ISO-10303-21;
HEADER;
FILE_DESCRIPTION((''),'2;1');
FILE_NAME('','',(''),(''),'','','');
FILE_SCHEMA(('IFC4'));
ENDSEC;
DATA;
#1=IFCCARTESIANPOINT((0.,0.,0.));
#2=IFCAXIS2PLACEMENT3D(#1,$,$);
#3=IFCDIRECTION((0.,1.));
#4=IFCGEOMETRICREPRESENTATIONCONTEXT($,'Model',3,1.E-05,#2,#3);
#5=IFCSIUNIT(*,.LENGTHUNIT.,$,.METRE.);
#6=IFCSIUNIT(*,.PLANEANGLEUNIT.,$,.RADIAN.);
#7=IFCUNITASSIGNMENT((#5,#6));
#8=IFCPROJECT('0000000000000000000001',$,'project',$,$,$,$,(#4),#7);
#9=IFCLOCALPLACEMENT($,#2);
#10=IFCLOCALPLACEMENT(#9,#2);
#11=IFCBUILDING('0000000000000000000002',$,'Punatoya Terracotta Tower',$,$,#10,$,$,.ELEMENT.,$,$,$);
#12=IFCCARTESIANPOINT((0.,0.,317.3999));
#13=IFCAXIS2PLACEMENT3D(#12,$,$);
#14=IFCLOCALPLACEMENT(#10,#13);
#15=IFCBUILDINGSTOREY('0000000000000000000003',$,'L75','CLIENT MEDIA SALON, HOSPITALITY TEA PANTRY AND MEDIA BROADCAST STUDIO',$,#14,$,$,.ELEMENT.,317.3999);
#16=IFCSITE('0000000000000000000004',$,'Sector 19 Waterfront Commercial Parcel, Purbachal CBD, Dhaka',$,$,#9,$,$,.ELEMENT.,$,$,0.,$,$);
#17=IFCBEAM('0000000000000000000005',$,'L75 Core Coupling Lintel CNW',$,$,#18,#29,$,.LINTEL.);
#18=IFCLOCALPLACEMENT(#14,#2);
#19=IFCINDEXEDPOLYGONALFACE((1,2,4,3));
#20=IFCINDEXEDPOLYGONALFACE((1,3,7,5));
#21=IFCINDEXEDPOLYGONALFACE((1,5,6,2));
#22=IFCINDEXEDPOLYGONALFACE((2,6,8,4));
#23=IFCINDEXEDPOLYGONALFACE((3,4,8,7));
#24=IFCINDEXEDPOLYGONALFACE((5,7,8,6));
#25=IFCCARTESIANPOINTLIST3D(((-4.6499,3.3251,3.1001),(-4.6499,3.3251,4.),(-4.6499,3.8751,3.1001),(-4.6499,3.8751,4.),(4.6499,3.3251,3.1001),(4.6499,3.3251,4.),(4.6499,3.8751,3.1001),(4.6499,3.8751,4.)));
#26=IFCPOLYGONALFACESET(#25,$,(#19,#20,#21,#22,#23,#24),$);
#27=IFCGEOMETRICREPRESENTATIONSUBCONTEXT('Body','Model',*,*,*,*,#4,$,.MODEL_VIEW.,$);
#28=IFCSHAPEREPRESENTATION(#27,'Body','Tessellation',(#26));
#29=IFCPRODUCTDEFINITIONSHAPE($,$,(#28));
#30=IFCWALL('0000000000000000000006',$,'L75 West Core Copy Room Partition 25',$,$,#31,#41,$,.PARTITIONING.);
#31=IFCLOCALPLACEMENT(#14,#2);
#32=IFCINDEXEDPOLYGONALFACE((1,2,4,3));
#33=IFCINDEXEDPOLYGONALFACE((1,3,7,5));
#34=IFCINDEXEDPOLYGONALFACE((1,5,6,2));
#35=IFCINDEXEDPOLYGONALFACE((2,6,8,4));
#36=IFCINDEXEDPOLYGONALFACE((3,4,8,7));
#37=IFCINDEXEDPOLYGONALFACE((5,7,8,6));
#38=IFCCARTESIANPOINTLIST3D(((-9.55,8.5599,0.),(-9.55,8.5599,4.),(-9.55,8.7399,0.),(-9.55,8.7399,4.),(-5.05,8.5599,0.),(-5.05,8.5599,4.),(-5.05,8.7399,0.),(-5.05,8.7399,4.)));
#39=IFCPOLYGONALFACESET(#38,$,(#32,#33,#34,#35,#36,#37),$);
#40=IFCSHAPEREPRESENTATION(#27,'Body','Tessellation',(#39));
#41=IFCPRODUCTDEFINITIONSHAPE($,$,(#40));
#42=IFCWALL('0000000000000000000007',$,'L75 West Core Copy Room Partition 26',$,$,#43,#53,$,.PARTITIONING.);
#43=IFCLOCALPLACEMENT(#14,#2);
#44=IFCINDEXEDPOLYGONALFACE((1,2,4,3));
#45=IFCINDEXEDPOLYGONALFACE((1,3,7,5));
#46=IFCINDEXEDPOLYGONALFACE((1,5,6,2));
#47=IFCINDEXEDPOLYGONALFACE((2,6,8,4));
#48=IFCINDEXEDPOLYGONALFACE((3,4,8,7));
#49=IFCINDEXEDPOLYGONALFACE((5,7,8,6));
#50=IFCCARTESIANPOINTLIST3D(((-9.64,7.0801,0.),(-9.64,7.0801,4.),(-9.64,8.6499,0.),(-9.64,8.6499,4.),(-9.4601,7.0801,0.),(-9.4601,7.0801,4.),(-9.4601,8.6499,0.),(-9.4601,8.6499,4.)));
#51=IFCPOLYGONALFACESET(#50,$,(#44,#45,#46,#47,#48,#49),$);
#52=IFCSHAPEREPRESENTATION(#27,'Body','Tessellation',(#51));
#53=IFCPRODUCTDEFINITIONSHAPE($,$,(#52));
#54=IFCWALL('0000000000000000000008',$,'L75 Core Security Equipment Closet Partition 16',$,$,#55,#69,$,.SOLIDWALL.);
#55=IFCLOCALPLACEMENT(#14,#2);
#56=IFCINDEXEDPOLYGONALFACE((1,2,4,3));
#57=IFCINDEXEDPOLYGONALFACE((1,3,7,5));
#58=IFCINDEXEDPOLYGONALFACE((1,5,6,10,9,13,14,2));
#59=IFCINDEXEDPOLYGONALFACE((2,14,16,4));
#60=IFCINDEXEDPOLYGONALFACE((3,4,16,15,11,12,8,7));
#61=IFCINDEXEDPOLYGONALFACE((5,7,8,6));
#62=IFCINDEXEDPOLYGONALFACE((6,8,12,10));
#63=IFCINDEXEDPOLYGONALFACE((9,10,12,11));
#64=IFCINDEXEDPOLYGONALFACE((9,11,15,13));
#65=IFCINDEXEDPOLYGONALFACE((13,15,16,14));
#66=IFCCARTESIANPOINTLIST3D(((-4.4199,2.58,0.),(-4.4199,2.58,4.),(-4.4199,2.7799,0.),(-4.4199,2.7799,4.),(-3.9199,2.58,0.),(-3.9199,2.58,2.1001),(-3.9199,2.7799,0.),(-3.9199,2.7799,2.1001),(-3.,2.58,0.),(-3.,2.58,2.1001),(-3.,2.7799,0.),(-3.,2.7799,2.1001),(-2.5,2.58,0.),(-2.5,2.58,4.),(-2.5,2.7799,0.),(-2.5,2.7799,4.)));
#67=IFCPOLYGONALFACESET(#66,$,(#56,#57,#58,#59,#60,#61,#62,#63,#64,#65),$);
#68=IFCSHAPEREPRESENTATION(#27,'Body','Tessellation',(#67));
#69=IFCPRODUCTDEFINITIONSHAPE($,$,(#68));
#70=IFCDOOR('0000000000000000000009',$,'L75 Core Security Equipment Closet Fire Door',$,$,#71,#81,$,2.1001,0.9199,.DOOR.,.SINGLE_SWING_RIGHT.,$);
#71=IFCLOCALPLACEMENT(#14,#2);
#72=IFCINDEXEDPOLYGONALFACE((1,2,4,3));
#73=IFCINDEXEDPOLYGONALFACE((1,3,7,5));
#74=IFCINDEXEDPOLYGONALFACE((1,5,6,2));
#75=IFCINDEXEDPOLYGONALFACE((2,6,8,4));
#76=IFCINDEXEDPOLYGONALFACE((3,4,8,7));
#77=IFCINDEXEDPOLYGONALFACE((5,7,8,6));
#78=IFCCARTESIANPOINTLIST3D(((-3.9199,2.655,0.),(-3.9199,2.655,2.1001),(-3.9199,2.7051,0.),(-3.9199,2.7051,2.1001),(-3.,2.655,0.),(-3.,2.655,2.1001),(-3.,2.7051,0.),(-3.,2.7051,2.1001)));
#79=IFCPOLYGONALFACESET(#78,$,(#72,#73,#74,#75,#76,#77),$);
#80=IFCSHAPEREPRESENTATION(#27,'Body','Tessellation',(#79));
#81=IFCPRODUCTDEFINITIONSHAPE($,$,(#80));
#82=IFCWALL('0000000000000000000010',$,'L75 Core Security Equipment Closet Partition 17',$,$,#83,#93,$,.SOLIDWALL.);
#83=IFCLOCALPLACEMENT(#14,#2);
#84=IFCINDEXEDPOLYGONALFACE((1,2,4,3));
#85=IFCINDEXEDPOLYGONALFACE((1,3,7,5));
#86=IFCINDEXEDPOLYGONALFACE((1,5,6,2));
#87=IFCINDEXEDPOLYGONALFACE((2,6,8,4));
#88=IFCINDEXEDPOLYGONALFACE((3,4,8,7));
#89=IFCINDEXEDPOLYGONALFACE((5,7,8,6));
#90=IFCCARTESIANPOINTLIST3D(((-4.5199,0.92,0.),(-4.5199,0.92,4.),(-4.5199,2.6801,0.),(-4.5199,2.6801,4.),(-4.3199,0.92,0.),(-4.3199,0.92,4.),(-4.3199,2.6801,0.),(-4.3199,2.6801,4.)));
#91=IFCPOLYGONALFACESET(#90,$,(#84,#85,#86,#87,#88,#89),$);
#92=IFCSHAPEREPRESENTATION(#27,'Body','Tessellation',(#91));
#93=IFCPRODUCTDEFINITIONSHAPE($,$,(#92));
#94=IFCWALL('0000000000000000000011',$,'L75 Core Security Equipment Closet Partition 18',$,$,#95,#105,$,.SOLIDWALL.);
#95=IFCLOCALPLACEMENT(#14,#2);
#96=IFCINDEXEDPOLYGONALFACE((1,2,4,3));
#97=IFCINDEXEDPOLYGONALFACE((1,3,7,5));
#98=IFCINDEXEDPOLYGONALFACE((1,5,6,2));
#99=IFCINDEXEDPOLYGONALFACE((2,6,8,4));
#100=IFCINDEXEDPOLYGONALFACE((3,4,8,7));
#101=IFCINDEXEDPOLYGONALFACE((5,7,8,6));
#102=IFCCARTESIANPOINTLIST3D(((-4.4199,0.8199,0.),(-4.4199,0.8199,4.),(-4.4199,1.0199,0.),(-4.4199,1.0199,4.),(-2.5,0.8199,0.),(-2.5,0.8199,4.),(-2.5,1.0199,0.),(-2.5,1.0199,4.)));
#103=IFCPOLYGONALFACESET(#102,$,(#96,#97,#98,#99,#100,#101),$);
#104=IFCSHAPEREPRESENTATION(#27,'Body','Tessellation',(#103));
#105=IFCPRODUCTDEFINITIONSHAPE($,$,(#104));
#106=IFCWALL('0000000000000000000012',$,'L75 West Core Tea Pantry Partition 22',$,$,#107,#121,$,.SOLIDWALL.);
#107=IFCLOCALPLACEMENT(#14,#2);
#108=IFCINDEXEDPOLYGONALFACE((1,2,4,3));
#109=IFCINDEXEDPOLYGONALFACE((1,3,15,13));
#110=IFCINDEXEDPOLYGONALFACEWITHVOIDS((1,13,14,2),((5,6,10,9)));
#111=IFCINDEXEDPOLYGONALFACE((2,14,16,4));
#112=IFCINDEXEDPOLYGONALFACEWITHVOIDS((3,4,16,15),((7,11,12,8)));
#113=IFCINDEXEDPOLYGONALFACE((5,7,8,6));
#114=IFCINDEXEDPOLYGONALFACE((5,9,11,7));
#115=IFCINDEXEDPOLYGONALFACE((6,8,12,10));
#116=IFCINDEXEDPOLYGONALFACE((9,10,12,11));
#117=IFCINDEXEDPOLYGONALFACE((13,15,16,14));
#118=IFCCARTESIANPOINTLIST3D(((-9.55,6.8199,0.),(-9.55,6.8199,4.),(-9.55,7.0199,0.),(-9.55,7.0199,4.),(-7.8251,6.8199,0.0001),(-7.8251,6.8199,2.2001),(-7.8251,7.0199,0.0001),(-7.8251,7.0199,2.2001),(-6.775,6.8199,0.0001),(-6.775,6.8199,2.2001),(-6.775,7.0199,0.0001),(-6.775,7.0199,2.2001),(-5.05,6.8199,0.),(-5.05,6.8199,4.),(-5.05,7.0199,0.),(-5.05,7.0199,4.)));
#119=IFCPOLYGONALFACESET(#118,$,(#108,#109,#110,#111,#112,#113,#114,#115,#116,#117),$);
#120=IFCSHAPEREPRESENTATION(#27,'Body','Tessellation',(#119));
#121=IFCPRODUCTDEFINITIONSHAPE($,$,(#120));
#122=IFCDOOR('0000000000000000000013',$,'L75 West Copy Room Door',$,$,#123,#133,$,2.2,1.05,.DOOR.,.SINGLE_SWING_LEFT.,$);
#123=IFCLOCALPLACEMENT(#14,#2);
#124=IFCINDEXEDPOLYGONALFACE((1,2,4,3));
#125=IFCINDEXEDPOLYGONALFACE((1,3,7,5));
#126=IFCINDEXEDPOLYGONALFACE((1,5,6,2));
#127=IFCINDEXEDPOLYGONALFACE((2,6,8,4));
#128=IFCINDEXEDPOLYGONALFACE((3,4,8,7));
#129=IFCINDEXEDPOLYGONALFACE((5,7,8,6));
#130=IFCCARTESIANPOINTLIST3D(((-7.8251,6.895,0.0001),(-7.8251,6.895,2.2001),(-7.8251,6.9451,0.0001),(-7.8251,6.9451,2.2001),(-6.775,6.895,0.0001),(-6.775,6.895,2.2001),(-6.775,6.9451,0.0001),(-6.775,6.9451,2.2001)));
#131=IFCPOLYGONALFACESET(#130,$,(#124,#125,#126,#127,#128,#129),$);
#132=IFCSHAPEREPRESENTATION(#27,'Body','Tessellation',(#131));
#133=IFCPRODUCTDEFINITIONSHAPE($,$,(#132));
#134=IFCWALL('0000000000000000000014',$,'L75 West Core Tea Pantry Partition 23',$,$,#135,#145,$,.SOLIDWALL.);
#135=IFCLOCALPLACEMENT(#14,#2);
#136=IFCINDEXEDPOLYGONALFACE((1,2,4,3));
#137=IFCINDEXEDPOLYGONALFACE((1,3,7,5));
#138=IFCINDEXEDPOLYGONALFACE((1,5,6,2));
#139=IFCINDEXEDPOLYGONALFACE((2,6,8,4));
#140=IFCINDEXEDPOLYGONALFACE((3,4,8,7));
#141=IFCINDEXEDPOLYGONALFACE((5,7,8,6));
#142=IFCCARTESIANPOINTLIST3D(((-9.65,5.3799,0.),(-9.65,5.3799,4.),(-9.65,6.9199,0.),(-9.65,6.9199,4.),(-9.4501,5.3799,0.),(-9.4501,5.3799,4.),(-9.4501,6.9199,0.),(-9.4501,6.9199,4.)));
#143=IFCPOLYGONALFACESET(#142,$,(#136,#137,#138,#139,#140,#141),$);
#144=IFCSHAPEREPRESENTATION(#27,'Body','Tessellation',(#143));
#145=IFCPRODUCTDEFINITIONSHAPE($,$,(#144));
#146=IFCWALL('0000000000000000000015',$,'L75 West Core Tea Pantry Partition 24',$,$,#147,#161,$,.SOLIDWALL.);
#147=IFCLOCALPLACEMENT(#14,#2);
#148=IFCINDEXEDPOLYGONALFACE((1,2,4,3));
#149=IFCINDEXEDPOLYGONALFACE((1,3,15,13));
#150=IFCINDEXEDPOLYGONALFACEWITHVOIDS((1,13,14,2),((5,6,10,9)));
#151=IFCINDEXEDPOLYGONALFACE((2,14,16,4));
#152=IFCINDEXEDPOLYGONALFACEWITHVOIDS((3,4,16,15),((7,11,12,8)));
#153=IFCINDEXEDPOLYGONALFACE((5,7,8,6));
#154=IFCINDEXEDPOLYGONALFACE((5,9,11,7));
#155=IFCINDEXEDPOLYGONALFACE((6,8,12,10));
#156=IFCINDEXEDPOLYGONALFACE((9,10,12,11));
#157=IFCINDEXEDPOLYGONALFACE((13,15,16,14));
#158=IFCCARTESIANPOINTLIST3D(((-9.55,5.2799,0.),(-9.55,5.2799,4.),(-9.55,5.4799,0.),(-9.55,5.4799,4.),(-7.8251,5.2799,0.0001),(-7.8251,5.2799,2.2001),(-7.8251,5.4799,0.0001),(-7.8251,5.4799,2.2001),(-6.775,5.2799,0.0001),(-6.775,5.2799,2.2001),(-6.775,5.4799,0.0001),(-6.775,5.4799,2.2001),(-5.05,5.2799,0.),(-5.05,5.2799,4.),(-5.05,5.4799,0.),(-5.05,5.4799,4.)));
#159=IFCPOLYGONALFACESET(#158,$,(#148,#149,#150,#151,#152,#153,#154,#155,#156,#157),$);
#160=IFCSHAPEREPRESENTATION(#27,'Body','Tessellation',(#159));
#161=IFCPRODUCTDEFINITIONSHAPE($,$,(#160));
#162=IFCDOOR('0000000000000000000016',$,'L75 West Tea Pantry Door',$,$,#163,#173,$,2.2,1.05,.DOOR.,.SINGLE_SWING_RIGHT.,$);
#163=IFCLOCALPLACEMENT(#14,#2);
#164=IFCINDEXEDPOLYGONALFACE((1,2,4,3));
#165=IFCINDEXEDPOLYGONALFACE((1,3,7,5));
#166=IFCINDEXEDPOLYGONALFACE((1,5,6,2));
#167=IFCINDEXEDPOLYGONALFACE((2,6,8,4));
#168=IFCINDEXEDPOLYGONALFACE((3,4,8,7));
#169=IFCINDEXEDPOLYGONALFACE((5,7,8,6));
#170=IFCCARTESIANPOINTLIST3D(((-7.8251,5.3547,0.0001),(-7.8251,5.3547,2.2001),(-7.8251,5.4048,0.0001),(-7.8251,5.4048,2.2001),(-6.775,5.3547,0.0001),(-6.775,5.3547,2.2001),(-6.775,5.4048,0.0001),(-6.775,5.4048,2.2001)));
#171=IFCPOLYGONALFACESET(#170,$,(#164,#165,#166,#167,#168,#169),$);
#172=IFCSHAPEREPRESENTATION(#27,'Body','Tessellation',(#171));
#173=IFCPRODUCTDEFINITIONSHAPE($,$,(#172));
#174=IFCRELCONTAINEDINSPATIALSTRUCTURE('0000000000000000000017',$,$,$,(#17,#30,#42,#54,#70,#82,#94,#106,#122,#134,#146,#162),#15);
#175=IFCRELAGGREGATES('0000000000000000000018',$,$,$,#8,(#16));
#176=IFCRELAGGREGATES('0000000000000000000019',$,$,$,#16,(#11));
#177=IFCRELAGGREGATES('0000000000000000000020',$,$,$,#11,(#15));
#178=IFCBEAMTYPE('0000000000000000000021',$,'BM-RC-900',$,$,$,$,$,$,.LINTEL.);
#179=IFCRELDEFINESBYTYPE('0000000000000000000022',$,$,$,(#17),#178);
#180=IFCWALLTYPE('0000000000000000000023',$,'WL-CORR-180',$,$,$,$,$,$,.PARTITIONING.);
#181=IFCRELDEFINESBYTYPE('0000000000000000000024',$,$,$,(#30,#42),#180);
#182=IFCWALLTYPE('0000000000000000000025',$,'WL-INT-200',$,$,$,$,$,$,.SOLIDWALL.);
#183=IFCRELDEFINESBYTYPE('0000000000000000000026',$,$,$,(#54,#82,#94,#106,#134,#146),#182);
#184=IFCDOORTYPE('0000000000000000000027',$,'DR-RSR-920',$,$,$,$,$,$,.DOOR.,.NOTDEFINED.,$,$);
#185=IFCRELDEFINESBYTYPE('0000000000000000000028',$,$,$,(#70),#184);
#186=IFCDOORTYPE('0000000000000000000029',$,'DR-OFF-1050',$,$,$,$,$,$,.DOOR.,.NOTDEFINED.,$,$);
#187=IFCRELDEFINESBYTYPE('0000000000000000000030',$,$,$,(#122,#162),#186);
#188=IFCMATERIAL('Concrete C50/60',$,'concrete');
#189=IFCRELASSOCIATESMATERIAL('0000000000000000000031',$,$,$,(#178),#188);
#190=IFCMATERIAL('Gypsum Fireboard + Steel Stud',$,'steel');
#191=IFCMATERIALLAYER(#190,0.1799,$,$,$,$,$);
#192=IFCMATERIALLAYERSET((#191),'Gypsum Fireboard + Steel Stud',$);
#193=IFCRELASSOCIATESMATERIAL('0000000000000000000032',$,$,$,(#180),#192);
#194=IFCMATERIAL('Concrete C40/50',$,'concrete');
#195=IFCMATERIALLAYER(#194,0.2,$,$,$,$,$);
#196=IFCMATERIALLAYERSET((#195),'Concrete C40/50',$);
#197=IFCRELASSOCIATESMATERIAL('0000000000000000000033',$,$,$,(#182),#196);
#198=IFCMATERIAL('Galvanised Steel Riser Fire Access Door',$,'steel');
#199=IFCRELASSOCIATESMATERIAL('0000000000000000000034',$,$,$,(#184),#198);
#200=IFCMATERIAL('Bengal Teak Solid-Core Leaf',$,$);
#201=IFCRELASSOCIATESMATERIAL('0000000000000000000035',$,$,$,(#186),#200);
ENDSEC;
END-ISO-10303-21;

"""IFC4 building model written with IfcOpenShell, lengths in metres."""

from ifc_helpers import new_model, si_unit, direction, frame, frame_2d, origin, origin_2d, place, context, subcontext, project, spatial, rectangle, extrude, material, layer, layer_set, material_profile, profile_set, type_object, element, fill, save


model = new_model("IFC4")

# Units and contexts
model_context = context("Model", 3, precision=1e-05, world=origin(), true_north=direction((0.0, 1.0)))
body_context = subcontext(model_context, "Body", "Model", "MODEL_VIEW")
ifc_project = project(units=[si_unit("LENGTHUNIT", "METRE"), si_unit("PLANEANGLEUNIT", "RADIAN")], contexts=[model_context])

# Site, building, storey
site_placement = place(None, origin())
site = spatial("IfcSite", under=ifc_project, at=site_placement, Name="Sector 19 Waterfront Commercial Parcel, Purbachal CBD, Dhaka", CompositionType="ELEMENT", RefElevation=0.0)
building_placement = place(site_placement, origin())
building = spatial("IfcBuilding", under=site, at=building_placement, Name="Punatoya Terracotta Tower", CompositionType="ELEMENT")
storey_placement = place(building_placement, frame((0.0, 0.0, 317.3999)))
storey = spatial("IfcBuildingStorey", under=building, at=storey_placement, Name="L75", Description="CLIENT MEDIA SALON, HOSPITALITY TEA PANTRY AND MEDIA BROADCAST STUDIO", CompositionType="ELEMENT", Elevation=317.3999)

# Beam
ifc_material_1 = material(Name="Concrete C50/60", Category="concrete")
ifc_material_profile = material_profile(ifc_material_1, rectangle(XDim=0.55, YDim=0.8999, at=origin_2d()))
ifc_profile_set = profile_set([ifc_material_profile], Name="Concrete C50/60")
beam_type = type_object("IfcBeamType", Name="BM-RC-900", PredefinedType="LINTEL", material=ifc_profile_set)
beam_placement = place(storey_placement, frame((-4.6499, 3.6001, 3.55), z_axis=(1.0, 0.0, 0.0), x_axis=(0.0, 1.0, 0.0)))
element("IfcBeam", 1, at=beam_placement, inside=storey, type_object=beam_type, Name="L75 Core Coupling Lintel CNW", PredefinedType="LINTEL", context=body_context, shape_type="SweptSolid", body=[
    extrude(rectangle(XDim=0.55, YDim=0.8999, at=origin_2d()), origin(), (0.0, 0.0, 1.0), 9.2998),
])

# Walls
ifc_material_2 = material(Name="Gypsum Fireboard + Steel Stud", Category="steel")
ifc_layer_1 = layer(ifc_material_2, 0.1799)
ifc_layer_set_1 = layer_set([ifc_layer_1], Name="Gypsum Fireboard + Steel Stud")
wall_type_1 = type_object("IfcWallType", Name="WL-CORR-180", PredefinedType="PARTITIONING", material=ifc_layer_set_1)
wall_1_placement = place(storey_placement, frame((-5.05, 8.6499, 0.0), z_axis=(0.0, 0.0, 1.0), x_axis=(-1.0, 0.0, 0.0)))
element("IfcWall", 2, at=wall_1_placement, inside=storey, type_object=wall_type_1, Name="L75 West Core Copy Room Partition 25", PredefinedType="PARTITIONING", context=body_context, shape_type="SweptSolid", body=[
    extrude(rectangle(XDim=4.5, YDim=0.1799, at=frame_2d((2.25, 0.0))), origin(), (0.0, 0.0, 1.0), 4.0),
])
wall_2_placement = place(storey_placement, frame((-9.55, 8.6499, 0.0), z_axis=(0.0, 0.0, 1.0), x_axis=(0.0, -1.0, 0.0)))
element("IfcWall", 3, at=wall_2_placement, inside=storey, type_object=wall_type_1, Name="L75 West Core Copy Room Partition 26", PredefinedType="PARTITIONING", context=body_context, shape_type="SweptSolid", body=[
    extrude(rectangle(XDim=1.5698, YDim=0.1799, at=frame_2d((0.7849, 0.0))), origin(), (0.0, 0.0, 1.0), 4.0),
])

# Wall, opening, door
ifc_material_3 = material(Name="Concrete C40/50", Category="concrete")
ifc_layer_2 = layer(ifc_material_3, 0.2)
ifc_layer_set_2 = layer_set([ifc_layer_2], Name="Concrete C40/50")
wall_type_2 = type_object("IfcWallType", Name="WL-INT-200", PredefinedType="SOLIDWALL", material=ifc_layer_set_2)
wall_3_placement = place(storey_placement, frame((-2.5, 2.6799, 0.0), z_axis=(0.0, 0.0, 1.0), x_axis=(-1.0, 0.0, 0.0)))
wall_3 = element("IfcWall", 4, at=wall_3_placement, inside=storey, type_object=wall_type_2, Name="L75 Core Security Equipment Closet Partition 16", PredefinedType="SOLIDWALL", context=body_context, shape_type="SweptSolid", body=[
    extrude(rectangle(XDim=1.9199, YDim=0.2, at=frame_2d((0.96, 0.0))), origin(), (0.0, 0.0, 1.0), 4.0),
])
opening_1_placement = place(wall_3_placement, frame((0.5, 0.0, 0.0)))
opening_1 = element("IfcOpeningElement", 5, at=opening_1_placement, cuts=wall_3, PredefinedType="OPENING", context=body_context, shape_type="SweptSolid", body=[
    extrude(rectangle(XDim=0.9199, YDim=2.1001, at=frame_2d((0.46, 1.05))), frame((0.0, 0.1099, 0.0), z_axis=(0.0, -1.0, 0.0), x_axis=(1.0, 0.0, 0.0)), (0.0, 0.0, 1.0), 0.22),
])
ifc_material_4 = material(Name="Galvanised Steel Riser Fire Access Door", Category="steel")
door_type_1 = type_object("IfcDoorType", Name="DR-RSR-920", OperationType="NOTDEFINED", PredefinedType="DOOR", material=ifc_material_4)
door_1_placement = place(opening_1_placement, origin())
door_1 = element("IfcDoor", 6, at=door_1_placement, inside=storey, type_object=door_type_1, Name="L75 Core Security Equipment Closet Fire Door", OperationType="SINGLE_SWING_RIGHT", OverallHeight=2.1001, OverallWidth=0.9199, PredefinedType="DOOR", context=body_context, shape_type="SweptSolid", body=[
    extrude(rectangle(XDim=0.9199, YDim=2.1001, at=frame_2d((0.46, 1.05))), frame((0.0, 0.0249, 0.0), z_axis=(0.0, -1.0, 0.0), x_axis=(1.0, 0.0, 0.0)), (0.0, 0.0, 1.0), 0.05),
])
fill(opening_1, door_1)

# Walls
wall_4_placement = place(storey_placement, frame((-4.4199, 2.6799, 0.0), z_axis=(0.0, 0.0, 1.0), x_axis=(0.0, -1.0, 0.0)))
element("IfcWall", 7, at=wall_4_placement, inside=storey, type_object=wall_type_2, Name="L75 Core Security Equipment Closet Partition 17", PredefinedType="SOLIDWALL", context=body_context, shape_type="SweptSolid", body=[
    extrude(rectangle(XDim=1.76, YDim=0.2, at=frame_2d((0.8799, 0.0))), origin(), (0.0, 0.0, 1.0), 4.0),
])
wall_5_placement = place(storey_placement, frame((-4.4199, 0.9199, 0.0), z_axis=(0.0, 0.0, 1.0), x_axis=(1.0, 0.0, 0.0)))
element("IfcWall", 8, at=wall_5_placement, inside=storey, type_object=wall_type_2, Name="L75 Core Security Equipment Closet Partition 18", PredefinedType="SOLIDWALL", context=body_context, shape_type="SweptSolid", body=[
    extrude(rectangle(XDim=1.9199, YDim=0.2, at=frame_2d((0.96, 0.0))), origin(), (0.0, 0.0, 1.0), 4.0),
])

# Wall, opening, door
wall_6_placement = place(storey_placement, frame((-5.05, 6.9199, 0.0), z_axis=(0.0, 0.0, 1.0), x_axis=(-1.0, 0.0, 0.0)))
wall_6 = element("IfcWall", 9, at=wall_6_placement, inside=storey, type_object=wall_type_2, Name="L75 West Core Tea Pantry Partition 22", PredefinedType="SOLIDWALL", context=body_context, shape_type="SweptSolid", body=[
    extrude(rectangle(XDim=4.5, YDim=0.2, at=frame_2d((2.25, 0.0))), origin(), (0.0, 0.0, 1.0), 4.0),
])
opening_2_placement = place(wall_6_placement, frame((1.7251, 0.0, 0.0)))
opening_2 = element("IfcOpeningElement", 10, at=opening_2_placement, cuts=wall_6, PredefinedType="OPENING", context=body_context, shape_type="SweptSolid", body=[
    extrude(rectangle(XDim=1.05, YDim=2.2, at=frame_2d((0.5249, 1.1001))), frame((0.0, 0.1099, 0.0), z_axis=(0.0, -1.0, 0.0), x_axis=(1.0, 0.0, 0.0)), (0.0, 0.0, 1.0), 0.22),
])
ifc_material_5 = material(Name="Bengal Teak Solid-Core Leaf")
door_type_2 = type_object("IfcDoorType", Name="DR-OFF-1050", OperationType="NOTDEFINED", PredefinedType="DOOR", material=ifc_material_5)
door_2_placement = place(opening_2_placement, origin())
door_2 = element("IfcDoor", 11, at=door_2_placement, inside=storey, type_object=door_type_2, Name="L75 West Copy Room Door", OperationType="SINGLE_SWING_LEFT", OverallHeight=2.2, OverallWidth=1.05, PredefinedType="DOOR", context=body_context, shape_type="SweptSolid", body=[
    extrude(rectangle(XDim=1.05, YDim=2.2, at=frame_2d((0.5249, 1.1001))), frame((0.0, 0.0249, 0.0), z_axis=(0.0, -1.0, 0.0), x_axis=(1.0, 0.0, 0.0)), (0.0, 0.0, 1.0), 0.05),
])
fill(opening_2, door_2)

# Wall
wall_7_placement = place(storey_placement, frame((-9.55, 6.9199, 0.0), z_axis=(0.0, 0.0, 1.0), x_axis=(0.0, -1.0, 0.0)))
element("IfcWall", 12, at=wall_7_placement, inside=storey, type_object=wall_type_2, Name="L75 West Core Tea Pantry Partition 23", PredefinedType="SOLIDWALL", context=body_context, shape_type="SweptSolid", body=[
    extrude(rectangle(XDim=1.54, YDim=0.2, at=frame_2d((0.77, 0.0))), origin(), (0.0, 0.0, 1.0), 4.0),
])

# Wall, opening, door
wall_8_placement = place(storey_placement, frame((-9.55, 5.3799, 0.0), z_axis=(0.0, 0.0, 1.0), x_axis=(1.0, 0.0, 0.0)))
wall_8 = element("IfcWall", 13, at=wall_8_placement, inside=storey, type_object=wall_type_2, Name="L75 West Core Tea Pantry Partition 24", PredefinedType="SOLIDWALL", context=body_context, shape_type="SweptSolid", body=[
    extrude(rectangle(XDim=4.5, YDim=0.2, at=frame_2d((2.25, 0.0))), origin(), (0.0, 0.0, 1.0), 4.0),
])
opening_3_placement = place(wall_8_placement, frame((1.7251, 0.0, 0.0)))
opening_3 = element("IfcOpeningElement", 14, at=opening_3_placement, cuts=wall_8, PredefinedType="OPENING", context=body_context, shape_type="SweptSolid", body=[
    extrude(rectangle(XDim=1.05, YDim=2.2, at=frame_2d((0.5249, 1.1001))), frame((0.0, 0.1099, 0.0), z_axis=(0.0, -1.0, 0.0), x_axis=(1.0, 0.0, 0.0)), (0.0, 0.0, 1.0), 0.22),
])
door_3_placement = place(opening_3_placement, origin())
door_3 = element("IfcDoor", 15, at=door_3_placement, inside=storey, type_object=door_type_2, Name="L75 West Tea Pantry Door", OperationType="SINGLE_SWING_RIGHT", OverallHeight=2.2, OverallWidth=1.05, PredefinedType="DOOR", context=body_context, shape_type="SweptSolid", body=[
    extrude(rectangle(XDim=1.05, YDim=2.2, at=frame_2d((0.5249, 1.1001))), frame((0.0, 0.0249, 0.0), z_axis=(0.0, -1.0, 0.0), x_axis=(1.0, 0.0, 0.0)), (0.0, 0.0, 1.0), 0.05),
])
fill(opening_3, door_3)

save(model, "model.ifc")
